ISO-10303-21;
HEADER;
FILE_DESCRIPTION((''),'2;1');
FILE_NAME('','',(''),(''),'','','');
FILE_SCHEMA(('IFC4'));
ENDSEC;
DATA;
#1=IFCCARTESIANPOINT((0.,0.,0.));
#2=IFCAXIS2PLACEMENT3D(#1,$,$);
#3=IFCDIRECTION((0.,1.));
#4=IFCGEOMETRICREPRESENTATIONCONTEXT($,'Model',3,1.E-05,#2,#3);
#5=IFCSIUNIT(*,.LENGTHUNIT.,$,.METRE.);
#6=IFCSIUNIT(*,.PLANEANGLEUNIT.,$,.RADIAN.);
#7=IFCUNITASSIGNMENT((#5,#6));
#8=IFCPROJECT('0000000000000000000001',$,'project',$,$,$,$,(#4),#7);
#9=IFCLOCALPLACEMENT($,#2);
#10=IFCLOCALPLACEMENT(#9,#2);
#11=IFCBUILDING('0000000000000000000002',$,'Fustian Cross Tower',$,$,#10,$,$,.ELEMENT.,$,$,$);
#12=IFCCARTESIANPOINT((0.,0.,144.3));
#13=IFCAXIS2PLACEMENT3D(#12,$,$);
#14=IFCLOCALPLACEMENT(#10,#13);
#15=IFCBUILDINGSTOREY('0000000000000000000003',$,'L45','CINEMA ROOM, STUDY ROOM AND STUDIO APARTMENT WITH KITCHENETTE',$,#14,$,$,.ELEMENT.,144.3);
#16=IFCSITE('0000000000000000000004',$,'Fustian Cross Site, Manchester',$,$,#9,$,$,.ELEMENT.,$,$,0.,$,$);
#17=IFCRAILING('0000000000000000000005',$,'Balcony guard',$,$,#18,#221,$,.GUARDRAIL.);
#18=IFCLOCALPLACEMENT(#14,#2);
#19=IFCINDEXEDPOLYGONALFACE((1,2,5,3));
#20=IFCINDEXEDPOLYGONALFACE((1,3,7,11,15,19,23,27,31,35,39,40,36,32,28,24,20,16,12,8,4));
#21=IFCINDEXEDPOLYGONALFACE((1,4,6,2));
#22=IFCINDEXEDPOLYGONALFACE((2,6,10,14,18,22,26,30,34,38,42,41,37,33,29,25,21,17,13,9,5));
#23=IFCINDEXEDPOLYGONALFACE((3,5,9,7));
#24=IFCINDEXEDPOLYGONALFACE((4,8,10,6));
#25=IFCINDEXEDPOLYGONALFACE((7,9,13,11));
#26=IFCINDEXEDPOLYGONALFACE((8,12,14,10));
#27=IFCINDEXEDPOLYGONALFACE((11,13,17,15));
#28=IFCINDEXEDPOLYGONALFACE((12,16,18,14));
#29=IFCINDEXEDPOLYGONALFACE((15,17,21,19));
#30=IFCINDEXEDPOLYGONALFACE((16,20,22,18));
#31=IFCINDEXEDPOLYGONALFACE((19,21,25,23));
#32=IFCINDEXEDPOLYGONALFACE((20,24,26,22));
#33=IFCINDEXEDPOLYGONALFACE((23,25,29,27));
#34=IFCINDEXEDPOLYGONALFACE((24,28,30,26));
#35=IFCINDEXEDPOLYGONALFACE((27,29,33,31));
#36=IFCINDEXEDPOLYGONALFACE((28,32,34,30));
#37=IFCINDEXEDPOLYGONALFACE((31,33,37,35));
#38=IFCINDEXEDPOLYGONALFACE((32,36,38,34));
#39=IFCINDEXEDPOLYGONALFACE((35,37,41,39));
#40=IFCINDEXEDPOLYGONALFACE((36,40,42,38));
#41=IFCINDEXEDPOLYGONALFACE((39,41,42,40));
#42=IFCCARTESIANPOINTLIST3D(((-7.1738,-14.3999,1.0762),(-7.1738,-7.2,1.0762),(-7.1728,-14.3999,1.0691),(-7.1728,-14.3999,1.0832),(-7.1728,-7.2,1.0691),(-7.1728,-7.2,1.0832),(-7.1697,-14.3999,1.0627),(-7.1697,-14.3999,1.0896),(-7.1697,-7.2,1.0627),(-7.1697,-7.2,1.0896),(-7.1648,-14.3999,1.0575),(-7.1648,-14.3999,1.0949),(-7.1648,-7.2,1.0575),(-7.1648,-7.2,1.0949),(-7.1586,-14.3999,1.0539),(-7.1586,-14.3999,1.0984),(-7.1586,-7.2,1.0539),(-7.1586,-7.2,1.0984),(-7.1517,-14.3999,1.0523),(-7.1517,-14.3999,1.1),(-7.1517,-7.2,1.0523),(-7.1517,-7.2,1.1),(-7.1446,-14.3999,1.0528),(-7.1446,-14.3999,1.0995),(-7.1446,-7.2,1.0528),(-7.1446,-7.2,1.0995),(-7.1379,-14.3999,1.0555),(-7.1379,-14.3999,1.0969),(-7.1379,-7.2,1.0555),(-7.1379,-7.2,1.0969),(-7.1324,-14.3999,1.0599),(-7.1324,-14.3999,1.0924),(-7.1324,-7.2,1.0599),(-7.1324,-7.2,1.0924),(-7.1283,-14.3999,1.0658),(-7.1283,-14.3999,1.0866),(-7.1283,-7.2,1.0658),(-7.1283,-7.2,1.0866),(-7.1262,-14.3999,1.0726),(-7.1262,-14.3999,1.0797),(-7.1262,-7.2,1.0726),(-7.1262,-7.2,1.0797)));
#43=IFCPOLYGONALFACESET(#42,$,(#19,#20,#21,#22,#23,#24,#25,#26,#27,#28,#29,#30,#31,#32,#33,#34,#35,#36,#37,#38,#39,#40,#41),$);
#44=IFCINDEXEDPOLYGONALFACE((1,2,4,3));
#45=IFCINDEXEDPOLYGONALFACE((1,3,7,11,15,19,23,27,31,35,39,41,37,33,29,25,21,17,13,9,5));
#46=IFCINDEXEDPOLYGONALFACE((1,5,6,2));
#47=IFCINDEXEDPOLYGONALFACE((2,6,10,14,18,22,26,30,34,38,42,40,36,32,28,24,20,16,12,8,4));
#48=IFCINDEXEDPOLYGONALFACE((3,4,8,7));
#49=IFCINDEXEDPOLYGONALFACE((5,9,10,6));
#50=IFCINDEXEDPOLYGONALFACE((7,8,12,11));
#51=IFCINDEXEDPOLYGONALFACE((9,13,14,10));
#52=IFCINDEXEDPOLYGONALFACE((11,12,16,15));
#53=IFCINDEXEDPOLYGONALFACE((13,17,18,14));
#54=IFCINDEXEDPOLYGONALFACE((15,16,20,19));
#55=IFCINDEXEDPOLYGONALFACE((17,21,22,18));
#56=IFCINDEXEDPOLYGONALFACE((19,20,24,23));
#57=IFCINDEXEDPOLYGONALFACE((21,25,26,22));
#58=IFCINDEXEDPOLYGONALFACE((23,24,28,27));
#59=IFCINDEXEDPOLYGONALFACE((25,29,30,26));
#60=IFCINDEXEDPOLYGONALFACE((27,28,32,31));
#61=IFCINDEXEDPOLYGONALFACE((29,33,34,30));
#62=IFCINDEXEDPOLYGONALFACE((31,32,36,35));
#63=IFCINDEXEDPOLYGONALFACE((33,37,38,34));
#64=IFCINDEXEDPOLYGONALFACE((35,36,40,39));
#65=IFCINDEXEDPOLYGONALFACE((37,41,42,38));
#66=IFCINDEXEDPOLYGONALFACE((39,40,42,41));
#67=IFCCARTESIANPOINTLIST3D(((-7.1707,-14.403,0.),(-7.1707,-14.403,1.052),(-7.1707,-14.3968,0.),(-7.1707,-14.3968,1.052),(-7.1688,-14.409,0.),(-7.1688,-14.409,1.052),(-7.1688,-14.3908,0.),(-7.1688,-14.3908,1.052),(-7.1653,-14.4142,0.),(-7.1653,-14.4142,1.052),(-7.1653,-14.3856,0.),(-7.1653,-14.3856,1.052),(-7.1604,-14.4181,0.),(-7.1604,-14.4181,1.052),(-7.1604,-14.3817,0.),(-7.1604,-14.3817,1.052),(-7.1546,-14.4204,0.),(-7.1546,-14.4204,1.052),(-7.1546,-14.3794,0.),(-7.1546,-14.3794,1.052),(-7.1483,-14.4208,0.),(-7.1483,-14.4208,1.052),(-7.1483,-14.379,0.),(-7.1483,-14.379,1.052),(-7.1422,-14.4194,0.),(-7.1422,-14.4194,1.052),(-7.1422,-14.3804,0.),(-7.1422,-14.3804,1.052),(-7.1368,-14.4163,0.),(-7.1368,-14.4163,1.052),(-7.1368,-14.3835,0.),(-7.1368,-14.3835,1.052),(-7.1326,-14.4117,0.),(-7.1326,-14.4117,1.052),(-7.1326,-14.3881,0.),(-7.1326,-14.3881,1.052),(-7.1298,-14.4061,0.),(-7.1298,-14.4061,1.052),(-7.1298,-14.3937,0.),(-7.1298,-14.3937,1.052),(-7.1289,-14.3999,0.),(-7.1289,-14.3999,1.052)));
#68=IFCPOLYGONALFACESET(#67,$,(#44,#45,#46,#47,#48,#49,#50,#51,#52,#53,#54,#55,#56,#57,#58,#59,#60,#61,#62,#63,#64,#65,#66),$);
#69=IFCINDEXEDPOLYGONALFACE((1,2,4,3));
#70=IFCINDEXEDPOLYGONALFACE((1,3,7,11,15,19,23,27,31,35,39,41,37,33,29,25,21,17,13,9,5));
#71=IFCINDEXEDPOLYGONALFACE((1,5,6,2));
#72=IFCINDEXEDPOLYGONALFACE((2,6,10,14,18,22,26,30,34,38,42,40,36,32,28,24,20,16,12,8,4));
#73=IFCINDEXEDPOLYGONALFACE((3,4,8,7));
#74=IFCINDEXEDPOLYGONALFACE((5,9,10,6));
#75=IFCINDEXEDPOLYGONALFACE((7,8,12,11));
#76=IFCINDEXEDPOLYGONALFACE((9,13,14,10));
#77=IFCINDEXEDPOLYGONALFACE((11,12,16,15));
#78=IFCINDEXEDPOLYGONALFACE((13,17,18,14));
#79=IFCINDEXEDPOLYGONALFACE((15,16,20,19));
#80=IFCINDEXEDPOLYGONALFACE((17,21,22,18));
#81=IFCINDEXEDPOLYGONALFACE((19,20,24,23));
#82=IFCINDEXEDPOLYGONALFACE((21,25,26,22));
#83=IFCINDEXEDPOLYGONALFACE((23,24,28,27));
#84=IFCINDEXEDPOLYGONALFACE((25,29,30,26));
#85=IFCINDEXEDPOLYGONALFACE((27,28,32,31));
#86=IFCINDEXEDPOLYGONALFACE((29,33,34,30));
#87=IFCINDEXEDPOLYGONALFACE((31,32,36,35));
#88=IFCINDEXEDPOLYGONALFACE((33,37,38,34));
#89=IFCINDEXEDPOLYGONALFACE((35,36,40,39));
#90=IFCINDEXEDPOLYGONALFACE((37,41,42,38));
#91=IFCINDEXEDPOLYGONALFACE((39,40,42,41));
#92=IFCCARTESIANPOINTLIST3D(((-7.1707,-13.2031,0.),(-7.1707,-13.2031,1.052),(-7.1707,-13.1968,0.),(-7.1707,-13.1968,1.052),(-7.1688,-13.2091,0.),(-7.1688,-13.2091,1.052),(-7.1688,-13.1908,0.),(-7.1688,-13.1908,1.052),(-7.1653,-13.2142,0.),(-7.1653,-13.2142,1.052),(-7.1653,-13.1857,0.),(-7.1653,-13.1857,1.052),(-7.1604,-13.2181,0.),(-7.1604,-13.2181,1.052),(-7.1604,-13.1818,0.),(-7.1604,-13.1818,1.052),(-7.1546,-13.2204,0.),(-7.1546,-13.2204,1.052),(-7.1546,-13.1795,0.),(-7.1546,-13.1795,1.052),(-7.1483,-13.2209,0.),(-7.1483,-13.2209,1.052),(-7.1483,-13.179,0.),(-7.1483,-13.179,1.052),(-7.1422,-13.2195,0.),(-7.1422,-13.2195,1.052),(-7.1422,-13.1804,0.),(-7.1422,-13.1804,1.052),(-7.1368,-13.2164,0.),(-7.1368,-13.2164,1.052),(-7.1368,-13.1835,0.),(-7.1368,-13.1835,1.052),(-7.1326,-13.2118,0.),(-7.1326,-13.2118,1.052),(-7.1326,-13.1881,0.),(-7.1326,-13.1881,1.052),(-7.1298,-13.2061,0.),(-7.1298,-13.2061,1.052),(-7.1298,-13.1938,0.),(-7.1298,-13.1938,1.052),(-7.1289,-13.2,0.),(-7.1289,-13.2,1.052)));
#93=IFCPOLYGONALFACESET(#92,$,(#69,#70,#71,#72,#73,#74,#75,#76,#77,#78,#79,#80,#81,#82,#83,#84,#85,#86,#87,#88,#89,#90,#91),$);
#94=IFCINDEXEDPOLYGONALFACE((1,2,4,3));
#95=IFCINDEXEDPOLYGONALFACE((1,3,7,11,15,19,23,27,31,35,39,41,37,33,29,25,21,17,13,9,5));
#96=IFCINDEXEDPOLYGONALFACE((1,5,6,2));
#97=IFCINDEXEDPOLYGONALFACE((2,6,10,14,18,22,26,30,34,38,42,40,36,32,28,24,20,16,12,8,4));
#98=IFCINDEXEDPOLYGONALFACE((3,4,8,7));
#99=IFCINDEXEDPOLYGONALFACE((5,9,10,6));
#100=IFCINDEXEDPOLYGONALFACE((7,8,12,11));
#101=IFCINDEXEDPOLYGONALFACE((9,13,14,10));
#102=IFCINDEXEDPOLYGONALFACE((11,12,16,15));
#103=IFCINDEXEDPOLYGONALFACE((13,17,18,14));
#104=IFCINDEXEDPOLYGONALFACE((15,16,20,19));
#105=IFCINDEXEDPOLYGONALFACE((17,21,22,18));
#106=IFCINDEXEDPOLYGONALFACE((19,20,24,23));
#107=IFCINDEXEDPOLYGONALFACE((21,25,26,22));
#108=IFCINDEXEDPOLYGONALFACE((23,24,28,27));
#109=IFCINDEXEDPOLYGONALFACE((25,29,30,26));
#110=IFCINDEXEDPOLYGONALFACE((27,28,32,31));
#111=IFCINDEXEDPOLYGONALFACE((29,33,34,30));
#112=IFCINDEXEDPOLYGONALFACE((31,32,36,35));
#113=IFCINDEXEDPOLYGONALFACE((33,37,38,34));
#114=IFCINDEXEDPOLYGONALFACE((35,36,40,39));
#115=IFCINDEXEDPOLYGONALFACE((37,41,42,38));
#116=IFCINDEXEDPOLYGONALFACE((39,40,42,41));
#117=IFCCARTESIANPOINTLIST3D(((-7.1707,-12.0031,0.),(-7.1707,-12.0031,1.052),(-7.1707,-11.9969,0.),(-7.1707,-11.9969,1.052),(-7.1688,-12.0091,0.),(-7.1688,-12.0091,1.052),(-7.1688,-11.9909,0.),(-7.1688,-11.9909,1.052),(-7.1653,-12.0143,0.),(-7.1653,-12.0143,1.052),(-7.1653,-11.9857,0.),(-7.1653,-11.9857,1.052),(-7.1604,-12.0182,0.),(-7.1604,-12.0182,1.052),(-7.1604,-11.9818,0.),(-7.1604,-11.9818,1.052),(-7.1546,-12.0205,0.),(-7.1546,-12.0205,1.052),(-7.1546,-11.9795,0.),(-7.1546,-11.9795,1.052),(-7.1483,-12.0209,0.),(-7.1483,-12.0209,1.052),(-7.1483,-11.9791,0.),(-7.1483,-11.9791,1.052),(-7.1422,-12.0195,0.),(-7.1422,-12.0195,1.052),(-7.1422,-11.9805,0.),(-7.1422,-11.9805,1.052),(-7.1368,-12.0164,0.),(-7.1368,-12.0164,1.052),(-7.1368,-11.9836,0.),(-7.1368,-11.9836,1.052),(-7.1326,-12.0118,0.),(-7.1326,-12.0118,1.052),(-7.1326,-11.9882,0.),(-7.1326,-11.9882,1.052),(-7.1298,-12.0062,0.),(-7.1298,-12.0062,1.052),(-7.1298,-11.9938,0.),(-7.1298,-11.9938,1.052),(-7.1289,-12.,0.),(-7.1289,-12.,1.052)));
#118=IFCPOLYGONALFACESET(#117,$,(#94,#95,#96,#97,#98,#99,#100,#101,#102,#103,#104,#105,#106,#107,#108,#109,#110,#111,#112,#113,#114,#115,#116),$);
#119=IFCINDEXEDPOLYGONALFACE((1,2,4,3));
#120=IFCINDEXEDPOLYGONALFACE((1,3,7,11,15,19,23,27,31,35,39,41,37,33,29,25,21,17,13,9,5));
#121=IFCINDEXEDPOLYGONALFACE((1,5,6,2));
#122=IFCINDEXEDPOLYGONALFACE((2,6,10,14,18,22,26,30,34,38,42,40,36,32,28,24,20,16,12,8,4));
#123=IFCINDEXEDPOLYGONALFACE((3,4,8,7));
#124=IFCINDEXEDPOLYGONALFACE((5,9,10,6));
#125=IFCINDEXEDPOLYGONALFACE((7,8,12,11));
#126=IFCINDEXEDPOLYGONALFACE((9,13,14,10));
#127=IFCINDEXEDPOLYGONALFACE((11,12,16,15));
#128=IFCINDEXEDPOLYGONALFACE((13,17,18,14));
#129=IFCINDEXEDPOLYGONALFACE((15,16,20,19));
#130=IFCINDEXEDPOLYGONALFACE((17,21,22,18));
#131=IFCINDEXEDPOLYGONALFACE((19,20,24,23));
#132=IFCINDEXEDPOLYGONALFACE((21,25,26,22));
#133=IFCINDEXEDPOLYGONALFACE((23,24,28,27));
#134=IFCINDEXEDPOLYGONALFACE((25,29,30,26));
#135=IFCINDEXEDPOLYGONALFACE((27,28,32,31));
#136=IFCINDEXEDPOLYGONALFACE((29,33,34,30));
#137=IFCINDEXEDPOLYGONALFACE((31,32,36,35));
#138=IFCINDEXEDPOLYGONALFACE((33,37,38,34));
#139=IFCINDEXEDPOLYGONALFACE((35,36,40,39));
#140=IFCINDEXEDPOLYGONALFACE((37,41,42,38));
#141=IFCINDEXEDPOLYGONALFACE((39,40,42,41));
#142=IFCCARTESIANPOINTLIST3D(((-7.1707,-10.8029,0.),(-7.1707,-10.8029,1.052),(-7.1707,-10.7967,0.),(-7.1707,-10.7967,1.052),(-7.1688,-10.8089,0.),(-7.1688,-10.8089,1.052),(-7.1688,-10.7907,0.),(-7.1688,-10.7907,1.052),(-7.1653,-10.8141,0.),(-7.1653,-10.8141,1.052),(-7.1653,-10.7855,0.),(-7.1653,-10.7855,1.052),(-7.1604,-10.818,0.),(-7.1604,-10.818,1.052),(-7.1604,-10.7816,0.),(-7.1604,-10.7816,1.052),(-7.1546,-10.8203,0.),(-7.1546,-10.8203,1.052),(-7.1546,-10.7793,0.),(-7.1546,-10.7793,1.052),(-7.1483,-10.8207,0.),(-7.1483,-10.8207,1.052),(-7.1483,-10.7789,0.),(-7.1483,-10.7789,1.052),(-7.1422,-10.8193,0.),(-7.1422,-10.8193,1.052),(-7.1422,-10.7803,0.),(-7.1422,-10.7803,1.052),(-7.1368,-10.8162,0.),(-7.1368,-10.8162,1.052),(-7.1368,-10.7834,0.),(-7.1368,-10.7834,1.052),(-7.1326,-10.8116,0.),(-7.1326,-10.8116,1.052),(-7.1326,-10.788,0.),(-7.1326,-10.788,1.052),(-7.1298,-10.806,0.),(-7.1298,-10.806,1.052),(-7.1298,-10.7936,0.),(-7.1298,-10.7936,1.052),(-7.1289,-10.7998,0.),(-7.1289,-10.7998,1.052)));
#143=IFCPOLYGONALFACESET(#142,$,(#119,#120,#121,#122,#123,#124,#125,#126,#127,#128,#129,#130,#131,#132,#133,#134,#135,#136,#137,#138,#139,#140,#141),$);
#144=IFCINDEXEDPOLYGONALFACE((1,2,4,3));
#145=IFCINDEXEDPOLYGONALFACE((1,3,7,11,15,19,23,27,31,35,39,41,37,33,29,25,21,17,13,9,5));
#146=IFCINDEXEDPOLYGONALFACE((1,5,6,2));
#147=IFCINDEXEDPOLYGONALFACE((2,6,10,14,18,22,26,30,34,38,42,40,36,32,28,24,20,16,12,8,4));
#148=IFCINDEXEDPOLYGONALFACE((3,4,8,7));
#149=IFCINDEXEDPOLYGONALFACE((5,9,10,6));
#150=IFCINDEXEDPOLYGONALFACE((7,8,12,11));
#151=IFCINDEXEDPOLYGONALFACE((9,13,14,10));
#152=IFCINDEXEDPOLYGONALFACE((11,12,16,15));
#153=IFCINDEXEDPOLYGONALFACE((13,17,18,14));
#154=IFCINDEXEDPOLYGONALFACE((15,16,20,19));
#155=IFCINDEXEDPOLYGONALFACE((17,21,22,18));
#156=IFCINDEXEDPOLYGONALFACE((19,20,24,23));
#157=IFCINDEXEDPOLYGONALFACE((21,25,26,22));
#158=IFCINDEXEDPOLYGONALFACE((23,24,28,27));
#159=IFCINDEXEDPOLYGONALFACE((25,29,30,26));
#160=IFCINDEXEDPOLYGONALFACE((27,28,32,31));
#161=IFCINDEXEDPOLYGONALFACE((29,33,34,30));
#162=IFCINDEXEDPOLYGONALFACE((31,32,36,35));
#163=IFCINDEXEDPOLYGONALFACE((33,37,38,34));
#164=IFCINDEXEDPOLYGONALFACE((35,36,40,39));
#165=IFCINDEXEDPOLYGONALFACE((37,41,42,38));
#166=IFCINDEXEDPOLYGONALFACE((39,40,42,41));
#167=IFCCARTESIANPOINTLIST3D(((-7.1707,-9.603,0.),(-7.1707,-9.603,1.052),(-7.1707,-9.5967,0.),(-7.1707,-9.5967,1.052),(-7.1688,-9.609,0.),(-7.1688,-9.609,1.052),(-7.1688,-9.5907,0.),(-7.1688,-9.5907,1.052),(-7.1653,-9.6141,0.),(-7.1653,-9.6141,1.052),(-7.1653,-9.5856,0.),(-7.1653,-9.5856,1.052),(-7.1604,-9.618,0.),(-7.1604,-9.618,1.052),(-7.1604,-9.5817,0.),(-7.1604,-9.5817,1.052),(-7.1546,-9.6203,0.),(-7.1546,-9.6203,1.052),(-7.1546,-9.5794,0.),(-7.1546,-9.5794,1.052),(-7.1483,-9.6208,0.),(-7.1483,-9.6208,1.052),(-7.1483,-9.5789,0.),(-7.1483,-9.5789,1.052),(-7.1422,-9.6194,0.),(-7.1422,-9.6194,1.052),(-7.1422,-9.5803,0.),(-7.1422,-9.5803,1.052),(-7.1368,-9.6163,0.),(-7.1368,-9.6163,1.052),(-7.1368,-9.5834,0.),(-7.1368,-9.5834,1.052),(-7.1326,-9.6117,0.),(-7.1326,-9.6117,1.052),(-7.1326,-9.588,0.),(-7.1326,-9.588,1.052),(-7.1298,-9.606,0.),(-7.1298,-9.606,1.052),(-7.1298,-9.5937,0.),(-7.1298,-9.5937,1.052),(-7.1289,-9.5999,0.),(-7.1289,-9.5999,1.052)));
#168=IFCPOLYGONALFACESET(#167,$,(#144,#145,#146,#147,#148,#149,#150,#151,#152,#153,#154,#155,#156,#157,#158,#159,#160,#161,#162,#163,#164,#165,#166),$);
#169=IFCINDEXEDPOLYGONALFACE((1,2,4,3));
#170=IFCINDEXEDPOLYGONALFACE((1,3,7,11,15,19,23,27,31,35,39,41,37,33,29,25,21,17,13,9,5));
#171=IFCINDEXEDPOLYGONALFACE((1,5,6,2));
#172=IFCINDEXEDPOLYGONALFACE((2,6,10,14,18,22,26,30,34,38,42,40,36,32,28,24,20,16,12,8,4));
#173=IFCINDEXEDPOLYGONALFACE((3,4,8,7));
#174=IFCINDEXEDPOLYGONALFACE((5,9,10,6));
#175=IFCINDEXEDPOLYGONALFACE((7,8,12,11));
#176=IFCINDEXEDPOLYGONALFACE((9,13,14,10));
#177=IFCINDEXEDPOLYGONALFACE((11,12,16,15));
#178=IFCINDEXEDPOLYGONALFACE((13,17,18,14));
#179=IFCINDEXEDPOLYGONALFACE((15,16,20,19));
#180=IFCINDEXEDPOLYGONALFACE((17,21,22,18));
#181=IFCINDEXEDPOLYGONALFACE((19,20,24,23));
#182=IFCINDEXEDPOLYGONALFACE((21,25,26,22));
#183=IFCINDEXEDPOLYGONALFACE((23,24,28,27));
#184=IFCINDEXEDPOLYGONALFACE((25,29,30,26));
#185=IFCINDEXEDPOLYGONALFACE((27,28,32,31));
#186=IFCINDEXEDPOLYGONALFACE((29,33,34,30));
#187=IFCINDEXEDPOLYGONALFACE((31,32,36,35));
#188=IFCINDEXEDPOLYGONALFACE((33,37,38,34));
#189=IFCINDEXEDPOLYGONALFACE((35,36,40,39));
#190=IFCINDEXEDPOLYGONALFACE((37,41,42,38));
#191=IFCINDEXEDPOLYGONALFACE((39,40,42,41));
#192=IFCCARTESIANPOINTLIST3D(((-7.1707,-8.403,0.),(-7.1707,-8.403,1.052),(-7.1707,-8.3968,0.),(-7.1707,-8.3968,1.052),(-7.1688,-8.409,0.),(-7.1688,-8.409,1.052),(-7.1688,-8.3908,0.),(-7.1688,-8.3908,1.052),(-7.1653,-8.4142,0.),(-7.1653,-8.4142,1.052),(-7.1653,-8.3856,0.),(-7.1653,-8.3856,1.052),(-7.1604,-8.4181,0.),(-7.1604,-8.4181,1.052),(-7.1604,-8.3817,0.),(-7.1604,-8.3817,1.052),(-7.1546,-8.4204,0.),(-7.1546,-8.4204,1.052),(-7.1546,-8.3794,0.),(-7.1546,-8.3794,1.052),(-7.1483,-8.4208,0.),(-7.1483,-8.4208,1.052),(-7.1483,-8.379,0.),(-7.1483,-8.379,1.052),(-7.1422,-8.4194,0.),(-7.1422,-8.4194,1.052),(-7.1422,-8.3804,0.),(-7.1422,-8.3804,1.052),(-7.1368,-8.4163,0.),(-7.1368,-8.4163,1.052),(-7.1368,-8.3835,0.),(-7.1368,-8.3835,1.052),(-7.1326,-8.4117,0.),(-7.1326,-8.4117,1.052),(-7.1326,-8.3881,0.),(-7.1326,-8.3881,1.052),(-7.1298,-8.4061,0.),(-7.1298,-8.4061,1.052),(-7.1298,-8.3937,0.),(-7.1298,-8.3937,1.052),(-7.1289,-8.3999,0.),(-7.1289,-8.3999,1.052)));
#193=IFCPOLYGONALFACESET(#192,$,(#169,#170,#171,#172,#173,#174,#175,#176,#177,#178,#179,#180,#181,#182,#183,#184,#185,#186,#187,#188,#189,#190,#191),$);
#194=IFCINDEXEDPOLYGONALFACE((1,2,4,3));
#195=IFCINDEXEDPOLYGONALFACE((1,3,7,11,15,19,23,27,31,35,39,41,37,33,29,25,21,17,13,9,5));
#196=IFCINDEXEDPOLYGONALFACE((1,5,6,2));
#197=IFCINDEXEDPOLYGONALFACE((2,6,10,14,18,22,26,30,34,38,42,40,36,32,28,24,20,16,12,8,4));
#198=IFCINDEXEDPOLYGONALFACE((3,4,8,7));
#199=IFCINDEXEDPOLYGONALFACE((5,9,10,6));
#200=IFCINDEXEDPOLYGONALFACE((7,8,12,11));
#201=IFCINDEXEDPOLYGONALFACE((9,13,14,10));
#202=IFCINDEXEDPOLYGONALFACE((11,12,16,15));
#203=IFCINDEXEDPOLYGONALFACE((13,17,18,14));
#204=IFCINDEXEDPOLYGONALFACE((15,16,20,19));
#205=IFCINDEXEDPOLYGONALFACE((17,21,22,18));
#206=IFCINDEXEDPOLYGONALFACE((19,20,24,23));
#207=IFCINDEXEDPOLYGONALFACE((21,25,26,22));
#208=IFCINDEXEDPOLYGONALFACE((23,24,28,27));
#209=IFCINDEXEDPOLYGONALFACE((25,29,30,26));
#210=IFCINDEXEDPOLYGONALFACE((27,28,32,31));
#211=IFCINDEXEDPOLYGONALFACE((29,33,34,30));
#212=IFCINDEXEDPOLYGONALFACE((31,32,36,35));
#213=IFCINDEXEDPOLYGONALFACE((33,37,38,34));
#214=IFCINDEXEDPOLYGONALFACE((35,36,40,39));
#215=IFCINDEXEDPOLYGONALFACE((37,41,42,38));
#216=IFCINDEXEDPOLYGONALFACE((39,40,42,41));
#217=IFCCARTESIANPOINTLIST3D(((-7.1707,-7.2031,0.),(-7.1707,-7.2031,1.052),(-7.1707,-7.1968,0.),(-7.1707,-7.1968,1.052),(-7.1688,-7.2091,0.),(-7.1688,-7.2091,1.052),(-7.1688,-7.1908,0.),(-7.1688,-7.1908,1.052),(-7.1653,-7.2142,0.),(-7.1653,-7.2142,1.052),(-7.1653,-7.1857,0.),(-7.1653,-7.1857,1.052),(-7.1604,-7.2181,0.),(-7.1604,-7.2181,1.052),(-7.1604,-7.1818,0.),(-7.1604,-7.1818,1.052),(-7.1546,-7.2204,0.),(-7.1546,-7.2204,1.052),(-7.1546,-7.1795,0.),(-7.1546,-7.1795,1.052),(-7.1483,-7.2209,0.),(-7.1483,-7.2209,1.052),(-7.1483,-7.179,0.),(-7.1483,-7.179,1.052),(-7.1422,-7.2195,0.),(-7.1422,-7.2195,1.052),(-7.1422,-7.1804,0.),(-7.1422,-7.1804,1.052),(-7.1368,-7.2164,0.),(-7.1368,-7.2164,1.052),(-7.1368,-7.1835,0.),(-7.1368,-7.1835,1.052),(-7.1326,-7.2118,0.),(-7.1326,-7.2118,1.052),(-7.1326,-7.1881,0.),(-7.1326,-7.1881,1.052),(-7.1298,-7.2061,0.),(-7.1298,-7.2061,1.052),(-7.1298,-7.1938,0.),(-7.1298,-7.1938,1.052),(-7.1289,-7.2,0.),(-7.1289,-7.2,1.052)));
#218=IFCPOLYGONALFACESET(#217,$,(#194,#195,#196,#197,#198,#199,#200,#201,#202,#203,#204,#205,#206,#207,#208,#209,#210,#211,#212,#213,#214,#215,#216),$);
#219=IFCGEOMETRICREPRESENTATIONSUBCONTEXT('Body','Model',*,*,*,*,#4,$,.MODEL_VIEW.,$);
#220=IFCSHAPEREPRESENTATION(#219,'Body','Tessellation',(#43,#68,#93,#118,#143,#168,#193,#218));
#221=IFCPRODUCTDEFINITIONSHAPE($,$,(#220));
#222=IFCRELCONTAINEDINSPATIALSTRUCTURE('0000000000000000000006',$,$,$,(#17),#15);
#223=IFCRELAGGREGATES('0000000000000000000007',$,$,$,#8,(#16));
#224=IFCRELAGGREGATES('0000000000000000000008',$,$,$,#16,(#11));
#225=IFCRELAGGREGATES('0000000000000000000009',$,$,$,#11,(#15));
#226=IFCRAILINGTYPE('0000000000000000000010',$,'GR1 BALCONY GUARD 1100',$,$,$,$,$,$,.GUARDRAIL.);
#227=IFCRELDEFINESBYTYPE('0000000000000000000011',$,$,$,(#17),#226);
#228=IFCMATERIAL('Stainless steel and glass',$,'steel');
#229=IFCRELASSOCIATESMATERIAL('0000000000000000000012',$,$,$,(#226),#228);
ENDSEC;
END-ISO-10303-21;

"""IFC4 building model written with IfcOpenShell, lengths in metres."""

from ifc_helpers import new_model, si_unit, direction, frame, origin, origin_2d, place, context, subcontext, project, spatial, circle, extrude, material, type_object, element, save


model = new_model("IFC4")

# Units and contexts
model_context = context("Model", 3, precision=1e-05, world=origin(), true_north=direction((0.0, 1.0)))
body_context = subcontext(model_context, "Body", "Model", "MODEL_VIEW")
ifc_project = project(units=[si_unit("LENGTHUNIT", "METRE"), si_unit("PLANEANGLEUNIT", "RADIAN")], contexts=[model_context])

# Site, building, storey
site_placement = place(None, origin())
site = spatial("IfcSite", under=ifc_project, at=site_placement, Name="Fustian Cross Site, Manchester", CompositionType="ELEMENT", RefElevation=0.0)
building_placement = place(site_placement, origin())
building = spatial("IfcBuilding", under=site, at=building_placement, Name="Fustian Cross Tower", CompositionType="ELEMENT")
storey_placement = place(building_placement, frame((0.0, 0.0, 144.3)))
storey = spatial("IfcBuildingStorey", under=building, at=storey_placement, Name="L45", Description="CINEMA ROOM, STUDY ROOM AND STUDIO APARTMENT WITH KITCHENETTE", CompositionType="ELEMENT", Elevation=144.3)

# Railing
ifc_material_1 = material(Name="Stainless steel and glass", Category="steel")
railing_type = type_object("IfcRailingType", Name="GR1 BALCONY GUARD 1100", PredefinedType="GUARDRAIL", material=ifc_material_1)
railing_placement = place(storey_placement, frame((-7.1499, -14.3999, 0.0)))
element("IfcRailing", 1, at=railing_placement, inside=storey, type_object=railing_type, Name="Balcony guard", PredefinedType="GUARDRAIL", context=body_context, shape_type="SweptSolid", body=[
    extrude(circle(Radius=0.0239, at=origin_2d()), frame((0.0, 0.0, 1.0762), z_axis=(0.0, 1.0, 0.0), x_axis=(-1.0, 0.0, 0.0)), (0.0, 0.0, 1.0), 7.2),
    extrude(circle(Radius=0.021, at=origin_2d()), origin(), (0.0, 0.0, 1.0), 1.052),
    extrude(circle(Radius=0.021, at=origin_2d()), frame((0.0, 1.2, 0.0)), (0.0, 0.0, 1.0), 1.052),
    extrude(circle(Radius=0.021, at=origin_2d()), frame((0.0, 2.3999, 0.0)), (0.0, 0.0, 1.0), 1.052),
    extrude(circle(Radius=0.021, at=origin_2d()), frame((0.0, 3.6001, 0.0)), (0.0, 0.0, 1.0), 1.052),
    extrude(circle(Radius=0.021, at=origin_2d()), frame((0.0, 4.8, 0.0)), (0.0, 0.0, 1.0), 1.052),
    extrude(circle(Radius=0.021, at=origin_2d()), frame((0.0, 6.0, 0.0)), (0.0, 0.0, 1.0), 1.052),
    extrude(circle(Radius=0.021, at=origin_2d()), frame((0.0, 7.2, 0.0)), (0.0, 0.0, 1.0), 1.052),
])

save(model, "model.ifc")
